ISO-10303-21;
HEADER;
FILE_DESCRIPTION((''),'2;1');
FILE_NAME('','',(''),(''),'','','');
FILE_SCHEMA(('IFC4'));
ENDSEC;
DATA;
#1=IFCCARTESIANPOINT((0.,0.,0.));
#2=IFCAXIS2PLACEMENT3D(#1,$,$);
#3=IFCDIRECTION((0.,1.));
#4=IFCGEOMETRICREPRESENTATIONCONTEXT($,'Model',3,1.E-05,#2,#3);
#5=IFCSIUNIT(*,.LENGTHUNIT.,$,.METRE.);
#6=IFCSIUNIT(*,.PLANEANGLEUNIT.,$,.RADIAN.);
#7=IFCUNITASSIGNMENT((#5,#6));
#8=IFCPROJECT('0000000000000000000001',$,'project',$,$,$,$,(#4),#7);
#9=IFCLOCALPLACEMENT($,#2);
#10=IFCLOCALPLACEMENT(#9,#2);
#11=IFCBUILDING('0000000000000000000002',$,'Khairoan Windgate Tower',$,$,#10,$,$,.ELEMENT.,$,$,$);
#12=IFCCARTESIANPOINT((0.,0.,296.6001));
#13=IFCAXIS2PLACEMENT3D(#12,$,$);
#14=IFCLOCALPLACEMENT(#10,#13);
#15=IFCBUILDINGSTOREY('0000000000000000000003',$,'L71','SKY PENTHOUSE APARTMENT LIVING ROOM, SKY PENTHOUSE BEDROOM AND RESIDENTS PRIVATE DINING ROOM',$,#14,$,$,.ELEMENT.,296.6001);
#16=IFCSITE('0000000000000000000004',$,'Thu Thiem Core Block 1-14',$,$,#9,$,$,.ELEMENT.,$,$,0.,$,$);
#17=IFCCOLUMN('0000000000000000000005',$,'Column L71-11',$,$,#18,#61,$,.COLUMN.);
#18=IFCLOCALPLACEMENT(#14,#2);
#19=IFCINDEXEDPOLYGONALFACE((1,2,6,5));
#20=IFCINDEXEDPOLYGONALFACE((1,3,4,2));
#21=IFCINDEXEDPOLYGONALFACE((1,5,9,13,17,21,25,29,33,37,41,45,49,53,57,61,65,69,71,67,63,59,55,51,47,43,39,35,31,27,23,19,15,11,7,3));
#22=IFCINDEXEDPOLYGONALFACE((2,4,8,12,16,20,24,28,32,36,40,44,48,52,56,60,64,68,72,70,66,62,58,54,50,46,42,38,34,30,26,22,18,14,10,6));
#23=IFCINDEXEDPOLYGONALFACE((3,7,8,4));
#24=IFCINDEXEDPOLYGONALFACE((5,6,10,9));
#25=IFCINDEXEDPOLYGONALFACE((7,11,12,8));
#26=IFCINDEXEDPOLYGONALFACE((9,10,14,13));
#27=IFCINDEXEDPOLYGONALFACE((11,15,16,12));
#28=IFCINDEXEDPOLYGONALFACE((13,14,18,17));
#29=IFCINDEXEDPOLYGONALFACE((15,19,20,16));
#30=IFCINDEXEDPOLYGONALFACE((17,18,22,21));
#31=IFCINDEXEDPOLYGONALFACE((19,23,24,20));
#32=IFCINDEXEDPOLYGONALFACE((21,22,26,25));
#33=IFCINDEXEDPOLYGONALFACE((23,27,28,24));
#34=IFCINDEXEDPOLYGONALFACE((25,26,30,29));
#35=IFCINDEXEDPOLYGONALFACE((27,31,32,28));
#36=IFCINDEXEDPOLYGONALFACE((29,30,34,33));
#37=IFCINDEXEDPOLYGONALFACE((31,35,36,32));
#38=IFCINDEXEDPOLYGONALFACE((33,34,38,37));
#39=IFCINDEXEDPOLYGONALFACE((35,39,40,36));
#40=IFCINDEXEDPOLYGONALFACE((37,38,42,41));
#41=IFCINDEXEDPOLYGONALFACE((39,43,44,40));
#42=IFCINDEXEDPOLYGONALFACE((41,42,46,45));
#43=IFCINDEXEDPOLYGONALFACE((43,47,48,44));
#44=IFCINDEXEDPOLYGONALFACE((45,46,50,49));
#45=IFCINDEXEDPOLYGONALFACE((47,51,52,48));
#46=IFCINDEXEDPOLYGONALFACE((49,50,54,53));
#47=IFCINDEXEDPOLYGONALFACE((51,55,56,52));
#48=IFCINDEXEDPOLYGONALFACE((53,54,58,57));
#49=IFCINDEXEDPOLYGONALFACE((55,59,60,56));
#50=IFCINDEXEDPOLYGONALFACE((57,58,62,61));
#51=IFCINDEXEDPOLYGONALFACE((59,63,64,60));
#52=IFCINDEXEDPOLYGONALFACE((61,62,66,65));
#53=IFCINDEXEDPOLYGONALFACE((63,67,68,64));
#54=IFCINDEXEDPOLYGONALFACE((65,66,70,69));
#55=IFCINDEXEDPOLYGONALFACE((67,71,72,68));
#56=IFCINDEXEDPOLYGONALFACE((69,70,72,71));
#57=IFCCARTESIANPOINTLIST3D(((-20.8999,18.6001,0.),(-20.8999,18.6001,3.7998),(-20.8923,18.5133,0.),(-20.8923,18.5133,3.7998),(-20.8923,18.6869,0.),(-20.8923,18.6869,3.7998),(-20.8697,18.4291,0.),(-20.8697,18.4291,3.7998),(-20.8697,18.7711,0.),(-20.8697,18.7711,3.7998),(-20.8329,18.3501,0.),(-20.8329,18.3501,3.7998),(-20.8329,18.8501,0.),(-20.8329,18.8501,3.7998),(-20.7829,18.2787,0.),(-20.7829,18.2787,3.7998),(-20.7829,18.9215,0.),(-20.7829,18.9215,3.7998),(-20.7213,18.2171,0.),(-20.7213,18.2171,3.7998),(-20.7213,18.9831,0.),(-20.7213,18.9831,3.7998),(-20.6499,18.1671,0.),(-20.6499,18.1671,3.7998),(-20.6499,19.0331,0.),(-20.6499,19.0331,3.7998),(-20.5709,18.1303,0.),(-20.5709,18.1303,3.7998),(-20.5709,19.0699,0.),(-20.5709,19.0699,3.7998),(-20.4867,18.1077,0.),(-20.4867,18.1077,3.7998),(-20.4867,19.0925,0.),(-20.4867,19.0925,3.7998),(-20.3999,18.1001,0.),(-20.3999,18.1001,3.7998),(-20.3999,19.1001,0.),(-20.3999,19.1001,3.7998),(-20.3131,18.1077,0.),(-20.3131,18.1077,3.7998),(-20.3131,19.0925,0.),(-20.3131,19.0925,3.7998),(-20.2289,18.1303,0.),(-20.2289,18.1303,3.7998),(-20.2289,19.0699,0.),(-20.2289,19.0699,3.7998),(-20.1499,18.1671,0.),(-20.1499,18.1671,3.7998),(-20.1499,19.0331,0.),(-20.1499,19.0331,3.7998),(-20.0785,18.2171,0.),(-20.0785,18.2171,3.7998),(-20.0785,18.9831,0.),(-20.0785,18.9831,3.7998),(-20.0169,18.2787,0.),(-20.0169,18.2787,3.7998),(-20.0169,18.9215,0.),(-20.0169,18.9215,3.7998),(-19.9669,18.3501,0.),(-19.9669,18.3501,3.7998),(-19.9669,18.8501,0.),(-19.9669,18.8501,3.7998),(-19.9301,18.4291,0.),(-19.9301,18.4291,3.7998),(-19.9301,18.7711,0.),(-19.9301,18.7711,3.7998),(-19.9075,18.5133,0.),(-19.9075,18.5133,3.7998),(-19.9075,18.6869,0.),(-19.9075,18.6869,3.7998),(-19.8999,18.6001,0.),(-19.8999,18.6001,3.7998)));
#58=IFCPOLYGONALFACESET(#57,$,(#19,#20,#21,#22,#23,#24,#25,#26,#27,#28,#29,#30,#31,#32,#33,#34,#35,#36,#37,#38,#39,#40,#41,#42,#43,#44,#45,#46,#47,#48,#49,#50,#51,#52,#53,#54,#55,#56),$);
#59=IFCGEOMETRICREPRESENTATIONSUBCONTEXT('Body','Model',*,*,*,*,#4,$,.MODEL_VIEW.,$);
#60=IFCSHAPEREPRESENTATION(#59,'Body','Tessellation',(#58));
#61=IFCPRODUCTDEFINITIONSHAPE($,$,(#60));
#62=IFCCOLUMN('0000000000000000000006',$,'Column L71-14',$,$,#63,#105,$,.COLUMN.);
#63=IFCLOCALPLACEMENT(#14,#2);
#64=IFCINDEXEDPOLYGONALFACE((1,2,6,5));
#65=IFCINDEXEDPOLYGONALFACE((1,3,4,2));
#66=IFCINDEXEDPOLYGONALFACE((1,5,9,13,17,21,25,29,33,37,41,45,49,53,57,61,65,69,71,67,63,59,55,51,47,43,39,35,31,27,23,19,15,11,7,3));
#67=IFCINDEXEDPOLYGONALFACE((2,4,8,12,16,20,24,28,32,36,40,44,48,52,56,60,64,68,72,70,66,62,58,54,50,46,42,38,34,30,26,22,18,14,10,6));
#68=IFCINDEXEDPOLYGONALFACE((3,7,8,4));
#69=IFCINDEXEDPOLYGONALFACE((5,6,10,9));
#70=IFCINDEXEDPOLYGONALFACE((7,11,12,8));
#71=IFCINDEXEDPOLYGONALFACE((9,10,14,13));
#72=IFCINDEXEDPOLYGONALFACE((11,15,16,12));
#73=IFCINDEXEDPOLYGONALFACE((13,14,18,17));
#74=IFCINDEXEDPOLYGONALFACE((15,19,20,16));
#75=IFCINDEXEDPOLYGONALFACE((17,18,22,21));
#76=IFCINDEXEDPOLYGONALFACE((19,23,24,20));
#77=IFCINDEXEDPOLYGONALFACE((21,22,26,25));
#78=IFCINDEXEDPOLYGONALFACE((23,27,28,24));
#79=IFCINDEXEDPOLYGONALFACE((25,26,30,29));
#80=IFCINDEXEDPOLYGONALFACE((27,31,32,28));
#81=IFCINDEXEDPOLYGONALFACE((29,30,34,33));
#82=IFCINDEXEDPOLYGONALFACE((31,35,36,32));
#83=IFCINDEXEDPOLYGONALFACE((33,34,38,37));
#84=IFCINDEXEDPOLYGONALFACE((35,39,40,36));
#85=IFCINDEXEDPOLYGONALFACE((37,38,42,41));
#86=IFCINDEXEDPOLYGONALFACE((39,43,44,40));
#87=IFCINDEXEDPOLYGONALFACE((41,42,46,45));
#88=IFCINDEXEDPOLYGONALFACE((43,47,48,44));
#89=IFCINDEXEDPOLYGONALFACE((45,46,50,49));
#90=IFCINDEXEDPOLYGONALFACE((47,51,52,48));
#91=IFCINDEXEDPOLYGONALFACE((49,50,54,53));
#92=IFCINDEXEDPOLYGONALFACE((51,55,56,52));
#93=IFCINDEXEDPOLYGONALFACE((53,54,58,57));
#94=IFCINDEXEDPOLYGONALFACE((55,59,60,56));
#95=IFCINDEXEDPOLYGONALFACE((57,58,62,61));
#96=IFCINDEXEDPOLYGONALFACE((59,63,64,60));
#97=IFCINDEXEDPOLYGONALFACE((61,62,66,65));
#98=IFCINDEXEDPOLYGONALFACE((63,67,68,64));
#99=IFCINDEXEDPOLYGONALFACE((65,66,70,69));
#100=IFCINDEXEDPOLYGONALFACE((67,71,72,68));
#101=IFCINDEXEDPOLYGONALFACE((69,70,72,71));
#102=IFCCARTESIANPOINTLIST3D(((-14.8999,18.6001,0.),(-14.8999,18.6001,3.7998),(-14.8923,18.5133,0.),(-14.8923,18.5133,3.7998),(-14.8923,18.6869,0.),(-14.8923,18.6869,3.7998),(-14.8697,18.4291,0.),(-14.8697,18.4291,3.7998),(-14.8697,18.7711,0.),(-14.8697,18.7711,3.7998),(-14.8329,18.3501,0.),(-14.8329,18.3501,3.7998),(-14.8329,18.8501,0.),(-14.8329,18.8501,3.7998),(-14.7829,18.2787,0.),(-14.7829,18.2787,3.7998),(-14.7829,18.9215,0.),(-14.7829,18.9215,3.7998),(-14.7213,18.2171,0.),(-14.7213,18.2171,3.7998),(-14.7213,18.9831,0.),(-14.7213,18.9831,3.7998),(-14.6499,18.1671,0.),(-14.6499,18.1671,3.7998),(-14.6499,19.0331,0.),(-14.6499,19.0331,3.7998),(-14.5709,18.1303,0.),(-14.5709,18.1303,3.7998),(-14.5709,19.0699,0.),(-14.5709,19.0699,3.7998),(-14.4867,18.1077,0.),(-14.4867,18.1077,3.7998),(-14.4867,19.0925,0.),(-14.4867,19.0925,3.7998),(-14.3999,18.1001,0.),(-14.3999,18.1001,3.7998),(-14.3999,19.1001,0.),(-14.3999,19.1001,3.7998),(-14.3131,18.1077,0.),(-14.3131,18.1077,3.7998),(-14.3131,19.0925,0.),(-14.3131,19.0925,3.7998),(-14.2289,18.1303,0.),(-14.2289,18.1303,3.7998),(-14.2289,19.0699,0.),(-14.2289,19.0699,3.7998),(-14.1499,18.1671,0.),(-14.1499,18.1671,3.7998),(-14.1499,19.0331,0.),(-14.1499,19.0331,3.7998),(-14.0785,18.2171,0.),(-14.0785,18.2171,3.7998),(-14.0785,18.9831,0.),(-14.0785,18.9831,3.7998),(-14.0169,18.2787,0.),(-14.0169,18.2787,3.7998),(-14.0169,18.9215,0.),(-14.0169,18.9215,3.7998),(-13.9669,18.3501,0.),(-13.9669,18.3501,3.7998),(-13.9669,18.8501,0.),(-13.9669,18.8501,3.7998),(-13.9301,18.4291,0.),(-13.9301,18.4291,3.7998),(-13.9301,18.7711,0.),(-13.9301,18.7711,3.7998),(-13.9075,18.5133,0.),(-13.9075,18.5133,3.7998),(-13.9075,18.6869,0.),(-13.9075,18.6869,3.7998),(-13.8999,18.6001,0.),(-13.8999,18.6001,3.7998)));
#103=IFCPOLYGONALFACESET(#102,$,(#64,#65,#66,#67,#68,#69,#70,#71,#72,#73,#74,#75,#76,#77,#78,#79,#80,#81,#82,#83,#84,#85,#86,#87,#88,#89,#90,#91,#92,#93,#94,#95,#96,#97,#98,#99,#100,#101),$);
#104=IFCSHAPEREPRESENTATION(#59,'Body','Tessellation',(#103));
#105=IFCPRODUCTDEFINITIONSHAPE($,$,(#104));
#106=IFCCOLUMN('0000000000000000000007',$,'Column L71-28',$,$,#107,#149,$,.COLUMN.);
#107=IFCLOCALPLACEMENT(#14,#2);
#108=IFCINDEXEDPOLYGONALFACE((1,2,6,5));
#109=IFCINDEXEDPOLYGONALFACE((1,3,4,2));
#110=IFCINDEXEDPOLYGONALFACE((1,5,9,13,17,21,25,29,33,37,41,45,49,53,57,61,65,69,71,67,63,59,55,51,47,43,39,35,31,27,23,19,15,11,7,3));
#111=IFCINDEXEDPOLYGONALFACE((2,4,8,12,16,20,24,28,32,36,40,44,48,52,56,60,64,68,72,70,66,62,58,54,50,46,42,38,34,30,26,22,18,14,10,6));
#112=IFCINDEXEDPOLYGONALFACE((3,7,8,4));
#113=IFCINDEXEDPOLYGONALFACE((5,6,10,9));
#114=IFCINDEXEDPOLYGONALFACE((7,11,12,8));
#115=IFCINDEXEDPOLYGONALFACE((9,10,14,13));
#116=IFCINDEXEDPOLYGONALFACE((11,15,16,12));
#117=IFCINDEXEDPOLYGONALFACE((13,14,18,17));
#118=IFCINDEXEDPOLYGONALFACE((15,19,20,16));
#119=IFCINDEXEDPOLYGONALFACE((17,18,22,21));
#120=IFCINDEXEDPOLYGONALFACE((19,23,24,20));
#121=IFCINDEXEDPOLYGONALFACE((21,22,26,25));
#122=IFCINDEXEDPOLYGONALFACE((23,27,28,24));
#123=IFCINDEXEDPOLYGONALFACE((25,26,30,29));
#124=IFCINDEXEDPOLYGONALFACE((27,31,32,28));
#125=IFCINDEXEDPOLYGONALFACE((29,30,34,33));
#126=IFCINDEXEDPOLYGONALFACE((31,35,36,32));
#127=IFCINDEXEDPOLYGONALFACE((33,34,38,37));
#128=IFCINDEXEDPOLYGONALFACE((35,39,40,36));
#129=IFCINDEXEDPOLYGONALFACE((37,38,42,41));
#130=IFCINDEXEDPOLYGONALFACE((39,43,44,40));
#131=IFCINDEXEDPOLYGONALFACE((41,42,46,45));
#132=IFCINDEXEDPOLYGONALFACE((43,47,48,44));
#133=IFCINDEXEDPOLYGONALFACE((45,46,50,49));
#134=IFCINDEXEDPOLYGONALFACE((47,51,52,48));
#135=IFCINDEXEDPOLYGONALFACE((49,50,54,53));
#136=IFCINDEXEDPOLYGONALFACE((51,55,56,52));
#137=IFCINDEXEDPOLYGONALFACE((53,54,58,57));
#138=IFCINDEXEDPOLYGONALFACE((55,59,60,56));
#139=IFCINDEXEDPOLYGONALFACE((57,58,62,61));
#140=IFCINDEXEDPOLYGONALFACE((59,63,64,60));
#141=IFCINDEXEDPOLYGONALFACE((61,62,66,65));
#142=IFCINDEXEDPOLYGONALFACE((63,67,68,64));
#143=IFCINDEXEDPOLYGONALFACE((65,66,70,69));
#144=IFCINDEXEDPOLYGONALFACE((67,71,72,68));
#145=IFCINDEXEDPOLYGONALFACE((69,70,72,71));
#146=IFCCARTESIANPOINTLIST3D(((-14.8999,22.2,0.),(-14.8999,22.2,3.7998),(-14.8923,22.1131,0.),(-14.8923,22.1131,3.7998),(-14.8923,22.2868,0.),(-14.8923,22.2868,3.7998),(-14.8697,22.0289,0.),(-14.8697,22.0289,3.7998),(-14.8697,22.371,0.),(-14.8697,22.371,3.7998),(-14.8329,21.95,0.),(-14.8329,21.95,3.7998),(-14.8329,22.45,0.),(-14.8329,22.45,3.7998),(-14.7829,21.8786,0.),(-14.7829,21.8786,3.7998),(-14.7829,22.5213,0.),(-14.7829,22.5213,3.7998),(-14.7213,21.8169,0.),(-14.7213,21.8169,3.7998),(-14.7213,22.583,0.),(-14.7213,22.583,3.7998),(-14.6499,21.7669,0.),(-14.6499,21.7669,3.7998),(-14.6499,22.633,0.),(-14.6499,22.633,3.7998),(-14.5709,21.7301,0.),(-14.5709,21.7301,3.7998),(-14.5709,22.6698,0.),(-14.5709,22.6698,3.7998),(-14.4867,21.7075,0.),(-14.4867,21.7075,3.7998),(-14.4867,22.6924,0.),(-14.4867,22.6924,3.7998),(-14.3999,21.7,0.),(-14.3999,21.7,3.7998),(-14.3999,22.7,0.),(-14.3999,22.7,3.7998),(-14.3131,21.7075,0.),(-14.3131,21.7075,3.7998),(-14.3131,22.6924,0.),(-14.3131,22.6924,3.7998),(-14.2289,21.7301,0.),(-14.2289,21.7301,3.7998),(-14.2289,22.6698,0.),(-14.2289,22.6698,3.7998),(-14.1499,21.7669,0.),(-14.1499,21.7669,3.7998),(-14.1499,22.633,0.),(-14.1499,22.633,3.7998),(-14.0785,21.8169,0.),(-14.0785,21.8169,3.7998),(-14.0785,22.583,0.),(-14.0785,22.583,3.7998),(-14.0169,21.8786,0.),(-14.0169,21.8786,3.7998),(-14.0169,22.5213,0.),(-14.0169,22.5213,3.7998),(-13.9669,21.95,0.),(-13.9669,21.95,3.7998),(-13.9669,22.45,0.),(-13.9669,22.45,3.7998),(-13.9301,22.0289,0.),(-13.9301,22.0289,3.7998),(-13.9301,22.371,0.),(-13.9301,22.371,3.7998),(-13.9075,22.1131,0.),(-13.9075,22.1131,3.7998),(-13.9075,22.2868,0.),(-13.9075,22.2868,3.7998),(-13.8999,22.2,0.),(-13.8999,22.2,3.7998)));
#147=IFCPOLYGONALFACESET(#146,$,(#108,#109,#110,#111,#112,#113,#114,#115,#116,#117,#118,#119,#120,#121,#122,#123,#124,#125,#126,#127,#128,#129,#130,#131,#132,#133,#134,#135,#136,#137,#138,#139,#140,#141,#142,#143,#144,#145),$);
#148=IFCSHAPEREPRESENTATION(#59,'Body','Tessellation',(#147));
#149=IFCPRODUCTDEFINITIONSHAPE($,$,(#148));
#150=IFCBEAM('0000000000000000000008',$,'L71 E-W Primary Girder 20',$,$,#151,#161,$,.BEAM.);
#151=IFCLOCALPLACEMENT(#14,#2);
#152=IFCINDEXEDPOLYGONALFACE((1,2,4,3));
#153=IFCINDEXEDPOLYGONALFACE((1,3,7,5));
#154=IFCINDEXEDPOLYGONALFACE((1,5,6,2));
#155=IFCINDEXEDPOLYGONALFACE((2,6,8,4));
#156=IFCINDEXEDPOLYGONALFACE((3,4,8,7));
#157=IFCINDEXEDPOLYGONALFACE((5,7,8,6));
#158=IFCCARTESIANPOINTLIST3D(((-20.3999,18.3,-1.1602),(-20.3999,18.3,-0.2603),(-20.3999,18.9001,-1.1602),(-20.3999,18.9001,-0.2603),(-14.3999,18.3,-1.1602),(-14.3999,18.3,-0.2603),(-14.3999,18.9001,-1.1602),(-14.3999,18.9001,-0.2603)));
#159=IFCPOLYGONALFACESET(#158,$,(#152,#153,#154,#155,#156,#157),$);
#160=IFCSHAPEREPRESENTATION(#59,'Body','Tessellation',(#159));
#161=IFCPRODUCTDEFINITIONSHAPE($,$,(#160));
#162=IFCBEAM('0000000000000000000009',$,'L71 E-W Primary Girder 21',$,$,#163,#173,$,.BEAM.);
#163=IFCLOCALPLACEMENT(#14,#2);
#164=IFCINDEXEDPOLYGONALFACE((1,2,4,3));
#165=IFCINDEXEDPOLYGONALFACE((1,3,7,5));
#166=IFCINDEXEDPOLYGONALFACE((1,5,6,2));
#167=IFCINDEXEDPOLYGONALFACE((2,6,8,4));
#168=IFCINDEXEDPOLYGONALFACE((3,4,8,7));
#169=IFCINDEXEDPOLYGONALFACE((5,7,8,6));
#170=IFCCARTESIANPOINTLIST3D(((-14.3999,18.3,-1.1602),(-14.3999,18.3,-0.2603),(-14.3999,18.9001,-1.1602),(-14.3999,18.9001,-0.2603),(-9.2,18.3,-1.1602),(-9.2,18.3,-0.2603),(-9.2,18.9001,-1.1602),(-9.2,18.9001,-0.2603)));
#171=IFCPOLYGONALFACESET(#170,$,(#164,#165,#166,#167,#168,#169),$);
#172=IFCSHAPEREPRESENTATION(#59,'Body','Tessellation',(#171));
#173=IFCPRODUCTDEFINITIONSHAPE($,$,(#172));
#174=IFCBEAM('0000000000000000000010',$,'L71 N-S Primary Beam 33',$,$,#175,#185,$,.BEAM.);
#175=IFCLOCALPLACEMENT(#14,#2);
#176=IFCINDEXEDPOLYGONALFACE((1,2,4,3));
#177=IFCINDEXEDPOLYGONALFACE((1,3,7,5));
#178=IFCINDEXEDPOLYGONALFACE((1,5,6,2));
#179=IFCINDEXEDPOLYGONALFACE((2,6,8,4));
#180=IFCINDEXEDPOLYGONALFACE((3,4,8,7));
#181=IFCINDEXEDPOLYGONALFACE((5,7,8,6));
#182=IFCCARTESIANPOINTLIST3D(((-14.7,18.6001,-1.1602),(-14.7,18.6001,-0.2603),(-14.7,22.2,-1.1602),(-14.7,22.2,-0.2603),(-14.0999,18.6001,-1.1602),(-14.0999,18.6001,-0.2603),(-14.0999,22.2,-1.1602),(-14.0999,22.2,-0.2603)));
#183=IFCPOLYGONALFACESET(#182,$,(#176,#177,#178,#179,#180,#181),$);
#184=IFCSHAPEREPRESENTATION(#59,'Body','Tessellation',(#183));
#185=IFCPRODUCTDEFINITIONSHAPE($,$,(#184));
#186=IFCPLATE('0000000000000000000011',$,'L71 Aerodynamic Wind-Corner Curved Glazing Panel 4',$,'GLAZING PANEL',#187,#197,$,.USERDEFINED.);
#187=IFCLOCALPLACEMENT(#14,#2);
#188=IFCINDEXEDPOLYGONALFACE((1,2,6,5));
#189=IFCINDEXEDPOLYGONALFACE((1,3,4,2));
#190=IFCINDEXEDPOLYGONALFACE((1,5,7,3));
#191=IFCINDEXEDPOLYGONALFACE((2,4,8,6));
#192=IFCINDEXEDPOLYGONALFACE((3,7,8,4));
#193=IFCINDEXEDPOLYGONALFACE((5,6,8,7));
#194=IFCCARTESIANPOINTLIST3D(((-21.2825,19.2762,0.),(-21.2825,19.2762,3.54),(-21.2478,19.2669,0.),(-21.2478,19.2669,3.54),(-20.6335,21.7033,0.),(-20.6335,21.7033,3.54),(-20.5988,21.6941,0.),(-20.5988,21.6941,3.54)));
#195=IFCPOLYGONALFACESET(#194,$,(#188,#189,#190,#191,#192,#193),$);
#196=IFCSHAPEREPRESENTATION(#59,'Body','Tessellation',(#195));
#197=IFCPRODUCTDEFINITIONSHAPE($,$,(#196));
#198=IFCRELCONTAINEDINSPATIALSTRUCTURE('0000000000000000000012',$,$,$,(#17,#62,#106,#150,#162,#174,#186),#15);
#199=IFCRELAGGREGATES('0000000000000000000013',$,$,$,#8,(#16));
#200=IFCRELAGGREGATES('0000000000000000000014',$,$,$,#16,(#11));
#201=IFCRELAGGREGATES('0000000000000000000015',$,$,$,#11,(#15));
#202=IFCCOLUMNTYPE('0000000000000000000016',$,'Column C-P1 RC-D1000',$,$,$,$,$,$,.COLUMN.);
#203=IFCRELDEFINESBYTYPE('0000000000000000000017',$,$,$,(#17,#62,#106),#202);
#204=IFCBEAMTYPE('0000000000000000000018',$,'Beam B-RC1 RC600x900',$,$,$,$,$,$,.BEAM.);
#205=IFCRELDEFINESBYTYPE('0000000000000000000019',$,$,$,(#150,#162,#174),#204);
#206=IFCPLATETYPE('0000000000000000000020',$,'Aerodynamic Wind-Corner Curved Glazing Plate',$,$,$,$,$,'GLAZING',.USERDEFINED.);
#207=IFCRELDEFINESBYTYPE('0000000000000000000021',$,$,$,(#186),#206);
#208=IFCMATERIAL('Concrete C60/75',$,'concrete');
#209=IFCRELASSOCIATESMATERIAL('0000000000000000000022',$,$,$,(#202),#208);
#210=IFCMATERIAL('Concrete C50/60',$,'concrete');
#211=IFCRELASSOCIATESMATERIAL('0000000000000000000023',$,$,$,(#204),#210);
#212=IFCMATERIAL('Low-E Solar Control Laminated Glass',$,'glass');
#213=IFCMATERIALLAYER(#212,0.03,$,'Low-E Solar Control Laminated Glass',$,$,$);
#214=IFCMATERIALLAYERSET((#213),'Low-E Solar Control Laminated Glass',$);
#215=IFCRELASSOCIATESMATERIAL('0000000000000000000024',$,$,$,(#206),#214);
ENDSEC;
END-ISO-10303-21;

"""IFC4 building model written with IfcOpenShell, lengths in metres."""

from ifc_helpers import new_model, si_unit, direction, frame, origin, origin_2d, place, context, subcontext, project, spatial, rectangle, circle, extrude, material, layer, layer_set, material_profile, profile_set, type_object, element, save


model = new_model("IFC4")

# Units and contexts
model_context = context("Model", 3, precision=1e-05, world=origin(), true_north=direction((0.0, 1.0)))
body_context = subcontext(model_context, "Body", "Model", "MODEL_VIEW")
ifc_project = project(units=[si_unit("LENGTHUNIT", "METRE"), si_unit("PLANEANGLEUNIT", "RADIAN")], contexts=[model_context])

# Site, building, storey
site_placement = place(None, origin())
site = spatial("IfcSite", under=ifc_project, at=site_placement, Name="Thu Thiem Core Block 1-14", CompositionType="ELEMENT", RefElevation=0.0)
building_placement = place(site_placement, origin())
building = spatial("IfcBuilding", under=site, at=building_placement, Name="Khairoan Windgate Tower", CompositionType="ELEMENT")
storey_placement = place(building_placement, frame((0.0, 0.0, 296.6001)))
storey = spatial("IfcBuildingStorey", under=building, at=storey_placement, Name="L71", Description="SKY PENTHOUSE APARTMENT LIVING ROOM, SKY PENTHOUSE BEDROOM AND RESIDENTS PRIVATE DINING ROOM", CompositionType="ELEMENT", Elevation=296.6001)

# Columns
ifc_material_1 = material(Name="Concrete C60/75", Category="concrete")
ifc_material_profile_1 = material_profile(ifc_material_1, circle(Radius=0.5, at=origin_2d()))
ifc_profile_set_1 = profile_set([ifc_material_profile_1], Name="Concrete C60/75")
column_type = type_object("IfcColumnType", Name="Column C-P1 RC-D1000", PredefinedType="COLUMN", material=ifc_profile_set_1)
for number, where, z_axis, x_axis, name in (
    (1, (-20.3999, 18.6001, 0.0), (0.0, 0.0, 1.0), (1.0, 0.0, 0.0), "Column L71-11"),
    (2, (-14.3999, 18.6001, 0.0), (0.0, 0.0, 1.0), (1.0, 0.0, 0.0), "Column L71-14"),
    (3, (-14.3999, 22.2, 0.0), (0.0, 0.0, 1.0), (1.0, 0.0, 0.0), "Column L71-28"),
):
    element("IfcColumn", number, at=place(storey_placement, frame(where, z_axis=z_axis, x_axis=x_axis)), inside=storey, type_object=column_type, Name=name, PredefinedType="COLUMN", context=body_context, shape_type="SweptSolid", body=[
        extrude(circle(Radius=0.5, at=origin_2d()), origin(), (0.0, 0.0, 1.0), 3.7998),
    ])

# Beams
ifc_material_2 = material(Name="Concrete C50/60", Category="concrete")
ifc_material_profile_2 = material_profile(ifc_material_2, rectangle(XDim=0.6001, YDim=0.8999, at=origin_2d()))
ifc_profile_set_2 = profile_set([ifc_material_profile_2], Name="Concrete C50/60")
beam_type = type_object("IfcBeamType", Name="Beam B-RC1 RC600x900", PredefinedType="BEAM", material=ifc_profile_set_2)
beam_1_placement = place(storey_placement, frame((-20.3999, 18.6001, -0.7102), z_axis=(1.0, 0.0, 0.0), x_axis=(0.0, 1.0, 0.0)))
element("IfcBeam", 4, at=beam_1_placement, inside=storey, type_object=beam_type, Name="L71 E-W Primary Girder 20", PredefinedType="BEAM", context=body_context, shape_type="SweptSolid", body=[
    extrude(rectangle(XDim=0.6001, YDim=0.8999, at=origin_2d()), origin(), (0.0, 0.0, 1.0), 6.0),
])
beam_2_placement = place(storey_placement, frame((-14.3999, 18.6001, -0.7102), z_axis=(1.0, 0.0, 0.0), x_axis=(0.0, 1.0, 0.0)))
element("IfcBeam", 5, at=beam_2_placement, inside=storey, type_object=beam_type, Name="L71 E-W Primary Girder 21", PredefinedType="BEAM", context=body_context, shape_type="SweptSolid", body=[
    extrude(rectangle(XDim=0.6001, YDim=0.8999, at=origin_2d()), origin(), (0.0, 0.0, 1.0), 5.2),
])
beam_3_placement = place(storey_placement, frame((-14.3999, 18.6001, -0.7102), z_axis=(0.0, 1.0, 0.0), x_axis=(-1.0, 0.0, 0.0)))
element("IfcBeam", 6, at=beam_3_placement, inside=storey, type_object=beam_type, Name="L71 N-S Primary Beam 33", PredefinedType="BEAM", context=body_context, shape_type="SweptSolid", body=[
    extrude(rectangle(XDim=0.6001, YDim=0.8999, at=origin_2d()), origin(), (0.0, 0.0, 1.0), 3.5999),
])

# Plate
ifc_material_3 = material(Name="Low-E Solar Control Laminated Glass", Category="glass")
ifc_layer_1 = layer(ifc_material_3, 0.03, Name="Low-E Solar Control Laminated Glass")
ifc_layer_set_1 = layer_set([ifc_layer_1], Name="Low-E Solar Control Laminated Glass")
plate_type_1 = type_object("IfcPlateType", Name="Aerodynamic Wind-Corner Curved Glazing Plate", ElementType="GLAZING", PredefinedType="USERDEFINED", material=ifc_layer_set_1)
plate_1_placement = place(storey_placement, frame((-20.9407, 20.4851, 0.0), z_axis=(0.0, 0.0, 1.0), x_axis=(0.258313, 0.966061, 0.0)))
element("IfcPlate", 7, at=plate_1_placement, inside=storey, type_object=plate_type_1, Name="L71 Aerodynamic Wind-Corner Curved Glazing Panel 4", ObjectType="GLAZING PANEL", PredefinedType="USERDEFINED", context=body_context, shape_type="SweptSolid", body=[
    extrude(rectangle(XDim=2.5125, YDim=0.0359, at=origin_2d()), origin(), (0.0, 0.0, 1.0), 3.54),
])

save(model, "model.ifc")
